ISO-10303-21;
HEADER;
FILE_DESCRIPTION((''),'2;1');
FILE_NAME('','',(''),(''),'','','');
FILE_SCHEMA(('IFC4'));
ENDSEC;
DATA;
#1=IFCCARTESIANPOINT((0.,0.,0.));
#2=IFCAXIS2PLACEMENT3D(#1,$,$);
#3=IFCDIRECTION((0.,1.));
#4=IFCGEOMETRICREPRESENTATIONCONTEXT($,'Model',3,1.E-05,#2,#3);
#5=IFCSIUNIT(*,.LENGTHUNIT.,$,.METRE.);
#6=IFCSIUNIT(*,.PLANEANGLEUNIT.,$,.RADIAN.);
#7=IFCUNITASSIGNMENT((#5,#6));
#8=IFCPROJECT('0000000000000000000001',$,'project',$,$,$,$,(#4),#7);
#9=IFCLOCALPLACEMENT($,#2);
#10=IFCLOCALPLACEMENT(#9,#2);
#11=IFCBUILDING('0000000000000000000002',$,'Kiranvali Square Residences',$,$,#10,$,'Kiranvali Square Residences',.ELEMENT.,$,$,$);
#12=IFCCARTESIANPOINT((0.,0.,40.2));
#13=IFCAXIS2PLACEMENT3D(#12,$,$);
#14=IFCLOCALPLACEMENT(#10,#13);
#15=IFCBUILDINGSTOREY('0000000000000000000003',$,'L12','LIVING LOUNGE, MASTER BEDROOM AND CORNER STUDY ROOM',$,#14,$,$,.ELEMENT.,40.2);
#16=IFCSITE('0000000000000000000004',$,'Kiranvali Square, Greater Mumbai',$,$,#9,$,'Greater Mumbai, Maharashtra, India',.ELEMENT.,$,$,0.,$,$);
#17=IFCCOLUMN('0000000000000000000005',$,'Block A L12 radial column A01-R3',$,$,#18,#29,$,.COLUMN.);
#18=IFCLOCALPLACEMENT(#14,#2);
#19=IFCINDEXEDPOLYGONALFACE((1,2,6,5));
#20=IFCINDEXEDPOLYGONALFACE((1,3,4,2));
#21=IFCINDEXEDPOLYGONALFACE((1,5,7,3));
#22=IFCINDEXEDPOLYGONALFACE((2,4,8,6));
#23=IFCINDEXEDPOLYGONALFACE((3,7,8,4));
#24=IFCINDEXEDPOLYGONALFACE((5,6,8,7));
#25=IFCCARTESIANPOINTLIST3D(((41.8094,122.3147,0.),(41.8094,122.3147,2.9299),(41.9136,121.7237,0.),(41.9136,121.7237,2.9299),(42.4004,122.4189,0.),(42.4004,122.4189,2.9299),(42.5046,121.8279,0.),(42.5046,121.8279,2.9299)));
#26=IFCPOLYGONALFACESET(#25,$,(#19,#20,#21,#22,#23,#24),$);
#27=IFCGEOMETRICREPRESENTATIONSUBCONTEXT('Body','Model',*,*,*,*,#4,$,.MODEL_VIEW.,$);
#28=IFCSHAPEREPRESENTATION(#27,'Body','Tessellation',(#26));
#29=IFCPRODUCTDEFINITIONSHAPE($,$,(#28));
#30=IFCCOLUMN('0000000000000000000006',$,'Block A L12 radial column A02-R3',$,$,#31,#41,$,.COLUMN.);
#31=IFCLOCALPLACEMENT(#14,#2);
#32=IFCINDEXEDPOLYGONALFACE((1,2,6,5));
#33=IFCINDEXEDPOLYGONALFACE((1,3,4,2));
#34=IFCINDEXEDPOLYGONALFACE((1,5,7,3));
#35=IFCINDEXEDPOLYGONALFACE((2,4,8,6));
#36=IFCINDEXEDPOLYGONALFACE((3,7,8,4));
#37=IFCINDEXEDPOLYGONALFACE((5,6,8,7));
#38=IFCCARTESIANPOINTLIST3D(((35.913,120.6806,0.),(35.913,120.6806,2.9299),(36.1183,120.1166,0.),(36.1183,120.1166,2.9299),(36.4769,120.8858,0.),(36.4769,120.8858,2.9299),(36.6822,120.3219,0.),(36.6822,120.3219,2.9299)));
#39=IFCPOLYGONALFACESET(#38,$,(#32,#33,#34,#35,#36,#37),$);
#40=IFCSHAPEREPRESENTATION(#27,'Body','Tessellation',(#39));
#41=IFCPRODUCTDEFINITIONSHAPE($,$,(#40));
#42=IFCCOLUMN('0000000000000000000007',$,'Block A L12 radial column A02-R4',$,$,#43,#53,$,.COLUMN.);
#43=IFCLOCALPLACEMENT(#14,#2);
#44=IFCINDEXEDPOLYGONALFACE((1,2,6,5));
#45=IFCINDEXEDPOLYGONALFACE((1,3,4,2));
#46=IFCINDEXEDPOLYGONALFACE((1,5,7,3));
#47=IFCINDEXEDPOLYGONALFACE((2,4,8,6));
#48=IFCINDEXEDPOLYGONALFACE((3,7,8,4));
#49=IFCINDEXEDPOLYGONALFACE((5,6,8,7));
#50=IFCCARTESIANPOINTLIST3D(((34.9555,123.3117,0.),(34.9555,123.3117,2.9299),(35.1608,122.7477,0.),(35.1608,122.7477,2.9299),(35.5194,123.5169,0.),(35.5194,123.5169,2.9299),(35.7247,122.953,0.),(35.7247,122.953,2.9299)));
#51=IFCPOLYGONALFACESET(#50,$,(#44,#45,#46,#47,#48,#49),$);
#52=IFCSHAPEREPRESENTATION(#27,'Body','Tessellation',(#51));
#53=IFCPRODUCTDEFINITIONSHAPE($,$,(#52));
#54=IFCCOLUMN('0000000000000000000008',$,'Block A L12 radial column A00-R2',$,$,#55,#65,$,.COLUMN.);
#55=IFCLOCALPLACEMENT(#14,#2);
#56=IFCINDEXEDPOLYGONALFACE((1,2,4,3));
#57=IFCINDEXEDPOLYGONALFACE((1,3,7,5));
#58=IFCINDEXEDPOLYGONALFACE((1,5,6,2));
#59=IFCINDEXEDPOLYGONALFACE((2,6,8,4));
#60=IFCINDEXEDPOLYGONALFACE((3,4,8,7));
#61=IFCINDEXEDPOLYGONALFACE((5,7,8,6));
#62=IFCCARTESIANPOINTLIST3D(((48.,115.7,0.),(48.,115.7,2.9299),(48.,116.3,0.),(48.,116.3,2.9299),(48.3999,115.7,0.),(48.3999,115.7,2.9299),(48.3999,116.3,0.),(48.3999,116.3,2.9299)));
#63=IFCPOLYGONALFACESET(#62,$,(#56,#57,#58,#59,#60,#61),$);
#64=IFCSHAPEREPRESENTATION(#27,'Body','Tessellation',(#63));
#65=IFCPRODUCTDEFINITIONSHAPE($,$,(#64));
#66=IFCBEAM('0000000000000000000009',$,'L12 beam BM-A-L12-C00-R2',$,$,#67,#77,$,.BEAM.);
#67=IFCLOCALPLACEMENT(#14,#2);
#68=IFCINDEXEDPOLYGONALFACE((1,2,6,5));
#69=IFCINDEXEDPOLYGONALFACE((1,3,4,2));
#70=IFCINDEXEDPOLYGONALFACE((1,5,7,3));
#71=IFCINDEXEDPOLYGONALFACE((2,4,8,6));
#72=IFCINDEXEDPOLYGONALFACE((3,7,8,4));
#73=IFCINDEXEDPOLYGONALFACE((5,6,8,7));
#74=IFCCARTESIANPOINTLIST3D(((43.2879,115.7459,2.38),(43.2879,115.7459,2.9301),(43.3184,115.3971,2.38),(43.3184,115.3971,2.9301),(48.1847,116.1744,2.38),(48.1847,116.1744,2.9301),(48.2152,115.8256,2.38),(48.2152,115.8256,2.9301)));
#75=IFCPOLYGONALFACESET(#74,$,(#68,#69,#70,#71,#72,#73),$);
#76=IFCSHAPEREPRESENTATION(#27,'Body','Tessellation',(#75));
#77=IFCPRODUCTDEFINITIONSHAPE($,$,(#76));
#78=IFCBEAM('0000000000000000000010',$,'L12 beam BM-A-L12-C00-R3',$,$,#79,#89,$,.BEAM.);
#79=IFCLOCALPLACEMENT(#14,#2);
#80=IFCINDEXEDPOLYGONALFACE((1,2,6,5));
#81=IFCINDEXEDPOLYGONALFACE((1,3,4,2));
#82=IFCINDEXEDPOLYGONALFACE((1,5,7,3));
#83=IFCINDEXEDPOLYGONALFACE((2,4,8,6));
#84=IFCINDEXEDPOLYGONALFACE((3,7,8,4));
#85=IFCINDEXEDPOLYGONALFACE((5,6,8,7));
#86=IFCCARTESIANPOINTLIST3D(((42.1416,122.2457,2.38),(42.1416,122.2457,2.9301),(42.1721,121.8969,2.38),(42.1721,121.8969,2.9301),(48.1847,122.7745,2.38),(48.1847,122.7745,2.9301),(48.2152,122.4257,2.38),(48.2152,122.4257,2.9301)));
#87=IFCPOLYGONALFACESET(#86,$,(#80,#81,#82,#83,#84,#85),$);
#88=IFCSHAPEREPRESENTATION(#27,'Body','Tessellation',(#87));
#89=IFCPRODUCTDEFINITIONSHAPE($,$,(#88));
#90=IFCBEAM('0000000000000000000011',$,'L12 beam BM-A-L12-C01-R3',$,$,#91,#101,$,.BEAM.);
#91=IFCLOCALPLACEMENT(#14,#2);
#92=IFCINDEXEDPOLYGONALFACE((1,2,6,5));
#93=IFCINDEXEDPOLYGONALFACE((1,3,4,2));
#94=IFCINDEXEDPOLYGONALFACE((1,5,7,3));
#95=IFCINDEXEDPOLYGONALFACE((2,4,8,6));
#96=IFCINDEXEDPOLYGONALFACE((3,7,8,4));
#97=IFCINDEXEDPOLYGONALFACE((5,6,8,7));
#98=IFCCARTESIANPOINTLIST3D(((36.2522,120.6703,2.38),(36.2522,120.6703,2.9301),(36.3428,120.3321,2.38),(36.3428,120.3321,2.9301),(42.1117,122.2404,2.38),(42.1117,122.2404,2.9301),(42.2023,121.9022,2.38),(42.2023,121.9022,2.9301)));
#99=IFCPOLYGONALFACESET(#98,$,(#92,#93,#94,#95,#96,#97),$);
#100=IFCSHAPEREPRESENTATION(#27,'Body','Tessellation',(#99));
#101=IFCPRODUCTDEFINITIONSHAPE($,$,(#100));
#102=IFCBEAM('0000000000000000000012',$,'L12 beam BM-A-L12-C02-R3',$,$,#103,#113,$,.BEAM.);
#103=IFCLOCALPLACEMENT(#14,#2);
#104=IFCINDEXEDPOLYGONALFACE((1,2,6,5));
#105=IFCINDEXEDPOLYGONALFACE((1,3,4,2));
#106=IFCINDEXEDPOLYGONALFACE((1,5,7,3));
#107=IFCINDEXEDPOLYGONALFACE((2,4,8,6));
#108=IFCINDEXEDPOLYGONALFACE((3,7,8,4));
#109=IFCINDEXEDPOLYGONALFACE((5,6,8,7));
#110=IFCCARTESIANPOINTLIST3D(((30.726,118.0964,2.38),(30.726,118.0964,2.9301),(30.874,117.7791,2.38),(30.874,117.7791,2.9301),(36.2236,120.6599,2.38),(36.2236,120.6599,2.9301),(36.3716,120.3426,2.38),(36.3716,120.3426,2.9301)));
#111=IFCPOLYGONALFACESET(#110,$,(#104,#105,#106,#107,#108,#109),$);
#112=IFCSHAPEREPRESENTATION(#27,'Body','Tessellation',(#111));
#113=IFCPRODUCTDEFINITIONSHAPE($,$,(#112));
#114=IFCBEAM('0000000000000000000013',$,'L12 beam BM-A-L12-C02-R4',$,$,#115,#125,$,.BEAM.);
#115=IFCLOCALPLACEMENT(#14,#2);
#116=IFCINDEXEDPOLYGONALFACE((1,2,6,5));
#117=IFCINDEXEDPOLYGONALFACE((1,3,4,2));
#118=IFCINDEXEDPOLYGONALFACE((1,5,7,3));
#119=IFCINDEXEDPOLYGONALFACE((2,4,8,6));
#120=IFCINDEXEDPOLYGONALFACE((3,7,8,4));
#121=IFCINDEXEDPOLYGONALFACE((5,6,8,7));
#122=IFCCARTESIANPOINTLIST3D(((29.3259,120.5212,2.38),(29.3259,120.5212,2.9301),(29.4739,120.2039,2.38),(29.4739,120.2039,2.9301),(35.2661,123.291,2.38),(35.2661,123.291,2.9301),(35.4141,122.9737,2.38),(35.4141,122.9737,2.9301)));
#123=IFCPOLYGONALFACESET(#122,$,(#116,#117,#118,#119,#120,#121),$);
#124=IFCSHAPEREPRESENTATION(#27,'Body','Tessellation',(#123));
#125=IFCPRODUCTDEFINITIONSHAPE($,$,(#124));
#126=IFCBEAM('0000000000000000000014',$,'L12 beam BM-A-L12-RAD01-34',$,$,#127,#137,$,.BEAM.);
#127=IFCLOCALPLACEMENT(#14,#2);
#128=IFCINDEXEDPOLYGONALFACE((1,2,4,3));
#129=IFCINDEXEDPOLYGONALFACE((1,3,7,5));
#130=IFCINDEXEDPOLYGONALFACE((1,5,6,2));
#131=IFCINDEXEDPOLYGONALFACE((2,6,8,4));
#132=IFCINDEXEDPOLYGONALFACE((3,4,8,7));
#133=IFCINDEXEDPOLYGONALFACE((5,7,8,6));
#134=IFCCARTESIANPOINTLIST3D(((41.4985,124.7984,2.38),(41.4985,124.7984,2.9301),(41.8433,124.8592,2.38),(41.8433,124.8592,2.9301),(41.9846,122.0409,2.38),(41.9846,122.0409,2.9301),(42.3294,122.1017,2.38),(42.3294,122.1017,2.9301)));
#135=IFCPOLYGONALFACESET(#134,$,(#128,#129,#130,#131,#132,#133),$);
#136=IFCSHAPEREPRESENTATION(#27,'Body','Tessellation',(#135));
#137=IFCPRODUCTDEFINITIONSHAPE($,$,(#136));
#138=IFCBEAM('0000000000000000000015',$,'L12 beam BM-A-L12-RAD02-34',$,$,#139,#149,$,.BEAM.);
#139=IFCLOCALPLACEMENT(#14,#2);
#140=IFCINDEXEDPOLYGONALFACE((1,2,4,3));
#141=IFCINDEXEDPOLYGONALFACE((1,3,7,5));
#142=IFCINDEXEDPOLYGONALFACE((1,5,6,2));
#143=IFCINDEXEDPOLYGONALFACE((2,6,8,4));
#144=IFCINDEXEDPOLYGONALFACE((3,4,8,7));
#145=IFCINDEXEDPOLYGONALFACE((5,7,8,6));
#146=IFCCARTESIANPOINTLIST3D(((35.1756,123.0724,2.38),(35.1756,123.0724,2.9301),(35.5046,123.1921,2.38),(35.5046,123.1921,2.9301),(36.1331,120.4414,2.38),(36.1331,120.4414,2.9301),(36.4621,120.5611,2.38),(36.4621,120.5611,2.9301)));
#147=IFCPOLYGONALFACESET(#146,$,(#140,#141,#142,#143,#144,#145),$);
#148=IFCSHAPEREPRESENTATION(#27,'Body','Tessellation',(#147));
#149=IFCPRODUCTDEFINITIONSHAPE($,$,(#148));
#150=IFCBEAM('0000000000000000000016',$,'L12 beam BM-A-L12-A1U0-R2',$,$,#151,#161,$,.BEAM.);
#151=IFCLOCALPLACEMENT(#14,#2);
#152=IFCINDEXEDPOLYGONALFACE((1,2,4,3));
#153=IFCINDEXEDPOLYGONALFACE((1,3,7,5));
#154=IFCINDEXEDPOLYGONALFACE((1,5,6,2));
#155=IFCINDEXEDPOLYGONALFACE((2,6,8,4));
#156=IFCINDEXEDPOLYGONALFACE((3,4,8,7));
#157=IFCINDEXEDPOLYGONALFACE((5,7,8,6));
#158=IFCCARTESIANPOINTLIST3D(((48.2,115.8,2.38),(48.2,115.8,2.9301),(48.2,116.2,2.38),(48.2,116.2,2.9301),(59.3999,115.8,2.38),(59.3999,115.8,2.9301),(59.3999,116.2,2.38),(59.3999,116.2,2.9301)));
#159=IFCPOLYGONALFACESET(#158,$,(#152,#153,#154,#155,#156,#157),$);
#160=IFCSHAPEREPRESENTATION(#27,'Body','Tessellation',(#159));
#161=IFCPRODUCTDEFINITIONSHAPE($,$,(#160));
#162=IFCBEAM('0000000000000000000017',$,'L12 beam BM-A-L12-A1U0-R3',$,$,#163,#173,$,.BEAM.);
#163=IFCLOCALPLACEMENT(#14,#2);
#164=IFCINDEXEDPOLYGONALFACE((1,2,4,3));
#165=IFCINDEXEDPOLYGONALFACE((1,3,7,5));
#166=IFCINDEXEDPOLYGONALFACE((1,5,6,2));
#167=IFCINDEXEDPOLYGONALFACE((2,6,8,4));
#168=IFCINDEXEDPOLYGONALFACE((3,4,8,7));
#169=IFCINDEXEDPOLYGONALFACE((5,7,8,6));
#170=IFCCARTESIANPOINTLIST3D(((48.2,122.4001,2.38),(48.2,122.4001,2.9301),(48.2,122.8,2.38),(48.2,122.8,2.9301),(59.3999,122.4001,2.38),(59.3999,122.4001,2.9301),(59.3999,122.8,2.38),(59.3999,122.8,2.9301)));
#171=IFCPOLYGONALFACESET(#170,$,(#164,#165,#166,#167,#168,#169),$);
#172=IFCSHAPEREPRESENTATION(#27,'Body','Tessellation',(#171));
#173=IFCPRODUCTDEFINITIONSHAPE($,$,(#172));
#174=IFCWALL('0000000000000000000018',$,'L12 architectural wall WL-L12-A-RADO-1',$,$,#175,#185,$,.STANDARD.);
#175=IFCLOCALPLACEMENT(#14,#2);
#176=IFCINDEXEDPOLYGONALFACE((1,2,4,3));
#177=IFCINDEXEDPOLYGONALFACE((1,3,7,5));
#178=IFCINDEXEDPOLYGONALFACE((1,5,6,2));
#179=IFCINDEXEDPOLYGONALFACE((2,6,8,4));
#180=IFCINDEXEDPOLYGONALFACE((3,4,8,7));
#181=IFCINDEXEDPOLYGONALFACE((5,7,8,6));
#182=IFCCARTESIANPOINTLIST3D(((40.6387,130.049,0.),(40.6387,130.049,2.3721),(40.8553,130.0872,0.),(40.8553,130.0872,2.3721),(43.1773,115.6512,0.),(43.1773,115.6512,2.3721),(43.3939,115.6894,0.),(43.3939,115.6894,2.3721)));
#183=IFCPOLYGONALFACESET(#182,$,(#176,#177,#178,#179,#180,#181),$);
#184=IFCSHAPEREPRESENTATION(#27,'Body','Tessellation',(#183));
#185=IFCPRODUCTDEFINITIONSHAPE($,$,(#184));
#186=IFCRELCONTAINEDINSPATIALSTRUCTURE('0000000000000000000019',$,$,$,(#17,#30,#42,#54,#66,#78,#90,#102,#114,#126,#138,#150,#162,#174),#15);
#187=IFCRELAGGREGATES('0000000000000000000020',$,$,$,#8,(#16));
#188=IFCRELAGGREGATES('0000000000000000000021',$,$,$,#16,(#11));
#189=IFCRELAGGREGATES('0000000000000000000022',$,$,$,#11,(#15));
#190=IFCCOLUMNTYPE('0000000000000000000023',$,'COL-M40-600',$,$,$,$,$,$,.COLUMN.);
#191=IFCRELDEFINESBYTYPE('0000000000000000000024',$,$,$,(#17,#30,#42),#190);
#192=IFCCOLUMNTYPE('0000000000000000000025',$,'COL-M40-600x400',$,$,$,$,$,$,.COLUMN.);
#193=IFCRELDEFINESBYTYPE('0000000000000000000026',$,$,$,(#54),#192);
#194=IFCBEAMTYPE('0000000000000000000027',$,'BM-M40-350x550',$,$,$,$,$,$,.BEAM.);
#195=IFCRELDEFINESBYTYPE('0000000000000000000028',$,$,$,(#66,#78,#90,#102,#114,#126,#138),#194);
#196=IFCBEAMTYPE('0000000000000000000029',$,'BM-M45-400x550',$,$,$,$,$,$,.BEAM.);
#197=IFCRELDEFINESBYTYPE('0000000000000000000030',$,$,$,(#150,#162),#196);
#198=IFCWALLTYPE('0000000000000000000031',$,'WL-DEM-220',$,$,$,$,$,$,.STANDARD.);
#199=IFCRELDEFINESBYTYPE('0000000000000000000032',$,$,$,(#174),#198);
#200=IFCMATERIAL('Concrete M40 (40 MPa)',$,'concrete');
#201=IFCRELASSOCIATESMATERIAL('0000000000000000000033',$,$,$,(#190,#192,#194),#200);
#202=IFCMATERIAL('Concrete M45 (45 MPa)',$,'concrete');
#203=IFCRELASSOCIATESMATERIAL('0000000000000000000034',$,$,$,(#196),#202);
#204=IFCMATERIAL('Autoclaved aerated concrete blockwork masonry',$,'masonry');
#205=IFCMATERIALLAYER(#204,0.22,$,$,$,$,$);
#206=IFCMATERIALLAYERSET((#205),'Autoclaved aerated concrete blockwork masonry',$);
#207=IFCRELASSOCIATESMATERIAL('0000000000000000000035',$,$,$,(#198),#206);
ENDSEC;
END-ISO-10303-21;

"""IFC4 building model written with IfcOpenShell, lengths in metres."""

from ifc_helpers import new_model, si_unit, direction, frame, frame_2d, origin, origin_2d, place, context, subcontext, project, spatial, rectangle, extrude, material, layer, layer_set, material_profile, profile_set, type_object, element, save


model = new_model("IFC4")

# Units and contexts
model_context = context("Model", 3, precision=1e-05, world=origin(), true_north=direction((0.0, 1.0)))
body_context = subcontext(model_context, "Body", "Model", "MODEL_VIEW")
ifc_project = project(units=[si_unit("LENGTHUNIT", "METRE"), si_unit("PLANEANGLEUNIT", "RADIAN")], contexts=[model_context])

# Site, building, storey
site_placement = place(None, origin())
site = spatial("IfcSite", under=ifc_project, at=site_placement, Name="Kiranvali Square, Greater Mumbai", LongName="Greater Mumbai, Maharashtra, India", CompositionType="ELEMENT", RefElevation=0.0)
building_placement = place(site_placement, origin())
building = spatial("IfcBuilding", under=site, at=building_placement, Name="Kiranvali Square Residences", LongName="Kiranvali Square Residences", CompositionType="ELEMENT")
storey_placement = place(building_placement, frame((0.0, 0.0, 40.2)))
storey = spatial("IfcBuildingStorey", under=building, at=storey_placement, Name="L12", Description="LIVING LOUNGE, MASTER BEDROOM AND CORNER STUDY ROOM", CompositionType="ELEMENT", Elevation=40.2)

# Columns
ifc_material_1 = material(Name="Concrete M40 (40 MPa)", Category="concrete")
ifc_material_profile_1 = material_profile(ifc_material_1, rectangle(XDim=0.6001, YDim=0.6001, at=origin_2d()), Name="RC 600x600")
ifc_profile_set_1 = profile_set([ifc_material_profile_1], Name="Concrete M40 (40 MPa)")
column_type_1 = type_object("IfcColumnType", Name="COL-M40-600", PredefinedType="COLUMN", material=ifc_profile_set_1)
for number, where, z_axis, x_axis, name in (
    (1, (42.157, 122.0713, 0.0), (0.0, 0.0, 1.0), (0.984808, 0.173648, 0.0), "Block A L12 radial column A01-R3"),
    (2, (36.2976, 120.5012, 0.0), (0.0, 0.0, 1.0), (0.939693, 0.34202, 0.0), "Block A L12 radial column A02-R3"),
    (3, (35.3401, 123.1323, 0.0), (0.0, 0.0, 1.0), (0.939693, 0.34202, 0.0), "Block A L12 radial column A02-R4"),
):
    element("IfcColumn", number, at=place(storey_placement, frame(where, z_axis=z_axis, x_axis=x_axis)), inside=storey, type_object=column_type_1, Name=name, PredefinedType="COLUMN", context=body_context, shape_type="SweptSolid", body=[
        extrude(rectangle(XDim=0.6001, YDim=0.6001, at=origin_2d()), origin(), (0.0, 0.0, 1.0), 2.9299),
    ])
ifc_material_profile_2 = material_profile(ifc_material_1, rectangle(XDim=0.3999, YDim=0.6001, at=origin_2d()), Name="RC 600x400")
ifc_profile_set_2 = profile_set([ifc_material_profile_2], Name="Concrete M40 (40 MPa)")
column_type_2 = type_object("IfcColumnType", Name="COL-M40-600x400", PredefinedType="COLUMN", material=ifc_profile_set_2)
column_placement = place(storey_placement, frame((48.2, 116.0, 0.0), z_axis=(0.0, 0.0, 1.0), x_axis=(1.0, 0.0, 0.0)))
element("IfcColumn", 4, at=column_placement, inside=storey, type_object=column_type_2, Name="Block A L12 radial column A00-R2", PredefinedType="COLUMN", context=body_context, shape_type="SweptSolid", body=[
    extrude(rectangle(XDim=0.3999, YDim=0.6001, at=origin_2d()), origin(), (0.0, 0.0, 1.0), 2.9299),
])

# Beams
ifc_material_profile_3 = material_profile(ifc_material_1, rectangle(XDim=0.3501, YDim=0.55, at=origin_2d()), Name="RC 350x550")
ifc_profile_set_3 = profile_set([ifc_material_profile_3], Name="Concrete M40 (40 MPa)")
beam_type_1 = type_object("IfcBeamType", Name="BM-M40-350x550", PredefinedType="BEAM", material=ifc_profile_set_3)
beam_1_placement = place(storey_placement, frame((48.2, 116.0, 2.655), z_axis=(-0.996194, -0.087168, 0.0), x_axis=(0.087168, -0.996194, 0.0)))
element("IfcBeam", 5, at=beam_1_placement, inside=storey, type_object=beam_type_1, Name="L12 beam BM-A-L12-C00-R2", PredefinedType="BEAM", context=body_context, shape_type="SweptSolid", body=[
    extrude(rectangle(XDim=0.3501, YDim=0.55, at=origin_2d()), origin(), (0.0, 0.0, 1.0), 4.9155),
])
for number, where, z_axis, x_axis, name in (
    (6, (48.2, 122.6001, 2.655), (-0.996193, -0.087175, 0.0), (0.087175, -0.996193, 0.0), "L12 beam BM-A-L12-C00-R3"),
    (7, (42.157, 122.0713, 2.655), (-0.965924, -0.258827, 0.0), (0.258827, -0.965924, 0.0), "L12 beam BM-A-L12-C01-R3"),
):
    element("IfcBeam", number, at=place(storey_placement, frame(where, z_axis=z_axis, x_axis=x_axis)), inside=storey, type_object=beam_type_1, Name=name, PredefinedType="BEAM", context=body_context, shape_type="SweptSolid", body=[
        extrude(rectangle(XDim=0.3501, YDim=0.55, at=origin_2d()), origin(), (0.0, 0.0, 1.0), 6.0662),
    ])
beam_2_placement = place(storey_placement, frame((36.2976, 120.5012, 2.655), z_axis=(-0.906313, -0.422608, 0.0), x_axis=(0.422608, -0.906313, 0.0)))
element("IfcBeam", 8, at=beam_2_placement, inside=storey, type_object=beam_type_1, Name="L12 beam BM-A-L12-C02-R3", PredefinedType="BEAM", context=body_context, shape_type="SweptSolid", body=[
    extrude(rectangle(XDim=0.3501, YDim=0.55, at=origin_2d()), origin(), (0.0, 0.0, 1.0), 6.0659),
])
beam_3_placement = place(storey_placement, frame((35.3401, 123.1323, 2.655), z_axis=(-0.906318, -0.422596, 0.0), x_axis=(0.422596, -0.906318, 0.0)))
element("IfcBeam", 9, at=beam_3_placement, inside=storey, type_object=beam_type_1, Name="L12 beam BM-A-L12-C02-R4", PredefinedType="BEAM", context=body_context, shape_type="SweptSolid", body=[
    extrude(rectangle(XDim=0.3501, YDim=0.55, at=origin_2d()), origin(), (0.0, 0.0, 1.0), 6.5542),
])
beam_4_placement = place(storey_placement, frame((42.157, 122.0713, 2.655), z_axis=(-0.173596, 0.984817, 0.0), x_axis=(-0.984817, -0.173596, 0.0)))
element("IfcBeam", 10, at=beam_4_placement, inside=storey, type_object=beam_type_1, Name="L12 beam BM-A-L12-RAD01-34", PredefinedType="BEAM", context=body_context, shape_type="SweptSolid", body=[
    extrude(rectangle(XDim=0.3501, YDim=0.55, at=origin_2d()), origin(), (0.0, 0.0, 1.0), 2.8),
])
beam_5_placement = place(storey_placement, frame((36.2976, 120.5012, 2.655), z_axis=(-0.341981, 0.939707, 0.0), x_axis=(-0.939707, -0.341981, 0.0)))
element("IfcBeam", 11, at=beam_5_placement, inside=storey, type_object=beam_type_1, Name="L12 beam BM-A-L12-RAD02-34", PredefinedType="BEAM", context=body_context, shape_type="SweptSolid", body=[
    extrude(rectangle(XDim=0.3501, YDim=0.55, at=origin_2d()), origin(), (0.0, 0.0, 1.0), 2.7998),
])
ifc_material_2 = material(Name="Concrete M45 (45 MPa)", Category="concrete")
ifc_material_profile_4 = material_profile(ifc_material_2, rectangle(XDim=0.3999, YDim=0.55, at=origin_2d()), Name="RC 400x550")
ifc_profile_set_4 = profile_set([ifc_material_profile_4], Name="Concrete M45 (45 MPa)")
beam_type_2 = type_object("IfcBeamType", Name="BM-M45-400x550", PredefinedType="BEAM", material=ifc_profile_set_4)
for number, where, z_axis, x_axis, name in (
    (12, (48.2, 116.0, 2.655), (1.0, 0.0, 0.0), (0.0, 1.0, 0.0), "L12 beam BM-A-L12-A1U0-R2"),
    (13, (48.2, 122.6001, 2.655), (1.0, 0.0, 0.0), (0.0, 1.0, 0.0), "L12 beam BM-A-L12-A1U0-R3"),
):
    element("IfcBeam", number, at=place(storey_placement, frame(where, z_axis=z_axis, x_axis=x_axis)), inside=storey, type_object=beam_type_2, Name=name, PredefinedType="BEAM", context=body_context, shape_type="SweptSolid", body=[
        extrude(rectangle(XDim=0.3999, YDim=0.55, at=origin_2d()), origin(), (0.0, 0.0, 1.0), 11.2),
    ])

# Shared definitions
ifc_material_3 = material(Name="Autoclaved aerated concrete blockwork masonry", Category="masonry")

# Wall
ifc_layer_1 = layer(ifc_material_3, 0.22)
ifc_layer_set_1 = layer_set([ifc_layer_1], Name="Autoclaved aerated concrete blockwork masonry")
wall_type_1 = type_object("IfcWallType", Name="WL-DEM-220", PredefinedType="STANDARD", material=ifc_layer_set_1)
wall_1_placement = place(storey_placement, frame((43.2856, 115.6702, 0.0), z_axis=(0.0, 0.0, 1.0), x_axis=(-0.17364, 0.984809, 0.0)))
element("IfcWall", 14, at=wall_1_placement, inside=storey, type_object=wall_type_1, Name="L12 architectural wall WL-L12-A-RADO-1", PredefinedType="STANDARD", context=body_context, shape_type="SweptSolid", body=[
    extrude(rectangle(XDim=14.6199, YDim=0.22, at=frame_2d((7.3101, 0.0))), origin(), (0.0, 0.0, 1.0), 2.3721),
])

save(model, "model.ifc")
